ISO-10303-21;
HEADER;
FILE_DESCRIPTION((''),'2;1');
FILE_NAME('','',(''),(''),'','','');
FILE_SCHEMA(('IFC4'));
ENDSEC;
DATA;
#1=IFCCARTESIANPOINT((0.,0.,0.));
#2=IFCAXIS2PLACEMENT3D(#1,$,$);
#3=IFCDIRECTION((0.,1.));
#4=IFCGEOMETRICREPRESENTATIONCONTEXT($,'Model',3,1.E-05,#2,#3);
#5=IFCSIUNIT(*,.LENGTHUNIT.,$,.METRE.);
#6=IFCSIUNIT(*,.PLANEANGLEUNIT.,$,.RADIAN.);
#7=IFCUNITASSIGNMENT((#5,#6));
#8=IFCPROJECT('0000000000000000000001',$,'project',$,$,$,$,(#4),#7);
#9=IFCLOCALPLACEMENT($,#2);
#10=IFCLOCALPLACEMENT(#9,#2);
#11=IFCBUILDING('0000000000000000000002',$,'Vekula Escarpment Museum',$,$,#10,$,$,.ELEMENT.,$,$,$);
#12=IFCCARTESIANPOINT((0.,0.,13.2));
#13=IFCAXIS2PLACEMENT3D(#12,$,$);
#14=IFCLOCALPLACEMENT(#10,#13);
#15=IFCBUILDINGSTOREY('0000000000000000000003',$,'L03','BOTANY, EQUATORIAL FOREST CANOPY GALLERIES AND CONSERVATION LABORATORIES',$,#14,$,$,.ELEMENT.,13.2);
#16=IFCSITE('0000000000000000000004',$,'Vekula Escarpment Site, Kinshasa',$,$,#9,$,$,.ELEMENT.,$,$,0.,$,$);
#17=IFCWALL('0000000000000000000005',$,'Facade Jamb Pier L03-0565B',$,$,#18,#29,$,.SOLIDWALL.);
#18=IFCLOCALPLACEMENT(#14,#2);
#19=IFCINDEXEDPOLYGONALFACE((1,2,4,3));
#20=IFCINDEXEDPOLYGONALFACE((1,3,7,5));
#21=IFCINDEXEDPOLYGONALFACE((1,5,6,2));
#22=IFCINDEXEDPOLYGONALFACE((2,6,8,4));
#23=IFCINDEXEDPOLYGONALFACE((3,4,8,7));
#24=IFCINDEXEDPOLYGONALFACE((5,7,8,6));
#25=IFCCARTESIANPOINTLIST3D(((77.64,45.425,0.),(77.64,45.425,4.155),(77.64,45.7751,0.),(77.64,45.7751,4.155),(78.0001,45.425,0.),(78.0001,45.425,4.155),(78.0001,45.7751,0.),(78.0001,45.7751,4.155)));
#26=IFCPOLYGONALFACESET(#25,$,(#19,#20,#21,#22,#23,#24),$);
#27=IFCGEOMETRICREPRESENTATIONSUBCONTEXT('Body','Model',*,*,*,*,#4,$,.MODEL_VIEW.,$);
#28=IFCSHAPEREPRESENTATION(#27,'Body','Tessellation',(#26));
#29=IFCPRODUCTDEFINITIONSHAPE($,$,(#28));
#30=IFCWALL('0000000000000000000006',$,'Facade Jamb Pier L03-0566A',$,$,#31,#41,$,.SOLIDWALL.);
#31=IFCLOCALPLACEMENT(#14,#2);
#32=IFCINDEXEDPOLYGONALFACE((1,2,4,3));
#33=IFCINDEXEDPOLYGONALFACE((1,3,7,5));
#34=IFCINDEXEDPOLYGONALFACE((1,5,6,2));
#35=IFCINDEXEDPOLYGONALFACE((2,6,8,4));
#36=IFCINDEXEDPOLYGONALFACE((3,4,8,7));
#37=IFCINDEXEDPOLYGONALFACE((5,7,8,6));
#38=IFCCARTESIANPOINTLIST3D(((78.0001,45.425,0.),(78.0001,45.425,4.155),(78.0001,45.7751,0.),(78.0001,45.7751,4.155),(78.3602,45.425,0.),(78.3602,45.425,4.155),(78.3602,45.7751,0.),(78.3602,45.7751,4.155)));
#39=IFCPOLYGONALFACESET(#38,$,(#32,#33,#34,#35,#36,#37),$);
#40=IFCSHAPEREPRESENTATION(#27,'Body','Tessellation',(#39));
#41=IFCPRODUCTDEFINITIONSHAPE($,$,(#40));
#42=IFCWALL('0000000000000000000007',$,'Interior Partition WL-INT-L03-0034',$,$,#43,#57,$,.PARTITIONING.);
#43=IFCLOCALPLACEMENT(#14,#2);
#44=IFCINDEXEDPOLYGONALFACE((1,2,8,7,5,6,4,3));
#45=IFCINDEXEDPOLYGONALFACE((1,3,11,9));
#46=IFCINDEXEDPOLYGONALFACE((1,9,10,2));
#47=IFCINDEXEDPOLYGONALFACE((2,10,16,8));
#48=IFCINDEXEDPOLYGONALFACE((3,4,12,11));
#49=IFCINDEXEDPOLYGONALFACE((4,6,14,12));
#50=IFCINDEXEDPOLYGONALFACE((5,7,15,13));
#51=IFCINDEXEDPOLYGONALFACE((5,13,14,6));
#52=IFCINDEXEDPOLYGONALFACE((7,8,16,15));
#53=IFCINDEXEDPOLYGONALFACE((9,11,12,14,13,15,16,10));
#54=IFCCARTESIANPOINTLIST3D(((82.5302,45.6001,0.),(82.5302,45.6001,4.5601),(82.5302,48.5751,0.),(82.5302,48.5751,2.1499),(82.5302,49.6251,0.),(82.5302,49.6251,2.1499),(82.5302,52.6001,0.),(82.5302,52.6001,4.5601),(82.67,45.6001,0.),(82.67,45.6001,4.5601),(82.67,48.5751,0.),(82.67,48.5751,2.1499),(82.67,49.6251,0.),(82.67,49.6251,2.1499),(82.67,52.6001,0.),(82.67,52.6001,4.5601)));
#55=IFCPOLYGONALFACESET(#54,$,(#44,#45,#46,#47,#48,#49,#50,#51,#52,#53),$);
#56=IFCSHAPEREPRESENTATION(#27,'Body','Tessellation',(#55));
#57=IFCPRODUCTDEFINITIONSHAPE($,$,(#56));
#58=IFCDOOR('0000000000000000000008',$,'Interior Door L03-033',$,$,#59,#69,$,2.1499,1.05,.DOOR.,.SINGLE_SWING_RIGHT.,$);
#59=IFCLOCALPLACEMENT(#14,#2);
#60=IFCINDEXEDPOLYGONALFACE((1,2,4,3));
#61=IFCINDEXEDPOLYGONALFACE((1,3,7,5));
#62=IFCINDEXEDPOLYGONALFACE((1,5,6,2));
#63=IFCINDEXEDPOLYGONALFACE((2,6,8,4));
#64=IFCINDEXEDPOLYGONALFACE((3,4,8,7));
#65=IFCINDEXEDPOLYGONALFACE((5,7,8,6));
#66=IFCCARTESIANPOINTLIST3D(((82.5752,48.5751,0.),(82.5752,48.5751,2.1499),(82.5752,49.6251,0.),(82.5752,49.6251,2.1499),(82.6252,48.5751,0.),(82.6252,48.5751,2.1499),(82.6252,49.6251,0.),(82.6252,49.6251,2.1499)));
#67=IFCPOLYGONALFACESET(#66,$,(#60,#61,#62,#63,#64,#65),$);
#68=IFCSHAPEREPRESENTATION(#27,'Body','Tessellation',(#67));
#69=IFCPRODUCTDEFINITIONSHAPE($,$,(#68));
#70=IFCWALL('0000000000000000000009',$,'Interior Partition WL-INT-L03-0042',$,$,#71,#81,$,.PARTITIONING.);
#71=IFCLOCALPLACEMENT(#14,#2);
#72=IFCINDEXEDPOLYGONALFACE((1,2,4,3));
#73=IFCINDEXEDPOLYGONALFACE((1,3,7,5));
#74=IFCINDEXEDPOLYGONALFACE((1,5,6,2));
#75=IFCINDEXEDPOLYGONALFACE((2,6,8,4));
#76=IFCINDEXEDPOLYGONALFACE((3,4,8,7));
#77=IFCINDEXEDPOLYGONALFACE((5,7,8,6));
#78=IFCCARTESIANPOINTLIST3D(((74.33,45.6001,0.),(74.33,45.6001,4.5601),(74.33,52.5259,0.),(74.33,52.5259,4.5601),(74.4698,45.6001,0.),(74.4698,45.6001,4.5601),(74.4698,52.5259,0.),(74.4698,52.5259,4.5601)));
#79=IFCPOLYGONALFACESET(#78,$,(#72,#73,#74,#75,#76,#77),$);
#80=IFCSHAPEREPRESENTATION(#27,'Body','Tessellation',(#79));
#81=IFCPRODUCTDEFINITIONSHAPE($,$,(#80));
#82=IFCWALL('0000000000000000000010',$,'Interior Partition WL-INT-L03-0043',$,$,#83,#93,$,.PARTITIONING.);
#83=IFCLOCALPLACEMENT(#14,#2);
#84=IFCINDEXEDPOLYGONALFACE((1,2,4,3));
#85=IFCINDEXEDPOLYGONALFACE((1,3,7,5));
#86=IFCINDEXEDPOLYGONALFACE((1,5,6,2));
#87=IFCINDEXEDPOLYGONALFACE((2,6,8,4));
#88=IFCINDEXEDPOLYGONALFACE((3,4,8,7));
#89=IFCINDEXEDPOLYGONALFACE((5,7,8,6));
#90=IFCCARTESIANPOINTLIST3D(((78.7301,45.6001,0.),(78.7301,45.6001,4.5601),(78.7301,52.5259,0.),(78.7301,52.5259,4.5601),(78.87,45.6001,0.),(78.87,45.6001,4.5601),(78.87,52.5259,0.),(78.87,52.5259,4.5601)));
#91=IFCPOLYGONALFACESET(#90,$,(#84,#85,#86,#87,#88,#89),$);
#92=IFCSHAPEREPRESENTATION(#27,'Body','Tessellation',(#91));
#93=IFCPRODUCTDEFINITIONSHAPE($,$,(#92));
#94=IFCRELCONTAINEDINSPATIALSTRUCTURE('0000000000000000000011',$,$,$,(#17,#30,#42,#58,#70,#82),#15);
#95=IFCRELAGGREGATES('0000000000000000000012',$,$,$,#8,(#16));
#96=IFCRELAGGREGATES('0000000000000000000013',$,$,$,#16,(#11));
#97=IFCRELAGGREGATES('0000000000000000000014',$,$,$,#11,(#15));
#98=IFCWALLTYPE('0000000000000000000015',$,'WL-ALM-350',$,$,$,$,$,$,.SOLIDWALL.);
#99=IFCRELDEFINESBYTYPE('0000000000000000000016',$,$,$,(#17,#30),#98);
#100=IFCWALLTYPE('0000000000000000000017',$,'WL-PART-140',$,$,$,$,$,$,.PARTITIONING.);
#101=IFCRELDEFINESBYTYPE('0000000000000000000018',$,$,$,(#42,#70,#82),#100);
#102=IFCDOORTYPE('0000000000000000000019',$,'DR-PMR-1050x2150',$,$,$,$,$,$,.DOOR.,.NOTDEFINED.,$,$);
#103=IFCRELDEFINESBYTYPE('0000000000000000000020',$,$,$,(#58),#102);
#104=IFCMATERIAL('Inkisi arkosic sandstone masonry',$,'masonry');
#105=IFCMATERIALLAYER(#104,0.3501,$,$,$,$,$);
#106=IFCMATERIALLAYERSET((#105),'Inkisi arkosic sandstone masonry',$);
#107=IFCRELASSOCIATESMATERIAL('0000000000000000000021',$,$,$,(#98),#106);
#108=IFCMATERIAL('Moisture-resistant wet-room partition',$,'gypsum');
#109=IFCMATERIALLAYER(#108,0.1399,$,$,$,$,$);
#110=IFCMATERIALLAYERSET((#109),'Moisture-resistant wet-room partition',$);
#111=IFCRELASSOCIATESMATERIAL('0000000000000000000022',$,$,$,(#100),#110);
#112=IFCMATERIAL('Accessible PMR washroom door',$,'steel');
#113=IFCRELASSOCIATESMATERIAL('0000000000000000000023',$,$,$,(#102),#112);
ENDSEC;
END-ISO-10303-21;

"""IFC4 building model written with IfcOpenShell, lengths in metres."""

from ifc_helpers import new_model, si_unit, direction, frame, frame_2d, origin, place, context, subcontext, project, spatial, rectangle, extrude, material, layer, layer_set, type_object, element, fill, save


model = new_model("IFC4")

# Units and contexts
model_context = context("Model", 3, precision=1e-05, world=origin(), true_north=direction((0.0, 1.0)))
body_context = subcontext(model_context, "Body", "Model", "MODEL_VIEW")
ifc_project = project(units=[si_unit("LENGTHUNIT", "METRE"), si_unit("PLANEANGLEUNIT", "RADIAN")], contexts=[model_context])

# Site, building, storey
site_placement = place(None, origin())
site = spatial("IfcSite", under=ifc_project, at=site_placement, Name="Vekula Escarpment Site, Kinshasa", CompositionType="ELEMENT", RefElevation=0.0)
building_placement = place(site_placement, origin())
building = spatial("IfcBuilding", under=site, at=building_placement, Name="Vekula Escarpment Museum", CompositionType="ELEMENT")
storey_placement = place(building_placement, frame((0.0, 0.0, 13.2)))
storey = spatial("IfcBuildingStorey", under=building, at=storey_placement, Name="L03", Description="BOTANY, EQUATORIAL FOREST CANOPY GALLERIES AND CONSERVATION LABORATORIES", CompositionType="ELEMENT", Elevation=13.2)

# Walls
ifc_material_1 = material(Name="Inkisi arkosic sandstone masonry", Category="masonry")
ifc_layer_1 = layer(ifc_material_1, 0.3501)
ifc_layer_set_1 = layer_set([ifc_layer_1], Name="Inkisi arkosic sandstone masonry")
wall_type_1 = type_object("IfcWallType", Name="WL-ALM-350", PredefinedType="SOLIDWALL", material=ifc_layer_set_1)
for number, where, z_axis, x_axis, name in (
    (1, (77.6399, 45.6001, 0.0), (0.0, 0.0, 1.0), (1.0, 0.0, 0.0), "Facade Jamb Pier L03-0565B"),
    (2, (78.0, 45.6001, 0.0), (0.0, 0.0, 1.0), (1.0, 0.0, 0.0), "Facade Jamb Pier L03-0566A"),
):
    element("IfcWall", number, at=place(storey_placement, frame(where, z_axis=z_axis, x_axis=x_axis)), inside=storey, type_object=wall_type_1, Name=name, PredefinedType="SOLIDWALL", context=body_context, shape_type="SweptSolid", body=[
        extrude(rectangle(XDim=0.3601, YDim=0.3501, at=frame_2d((0.1802, 0.0))), origin(), (0.0, 0.0, 1.0), 4.155),
    ])

# Wall, opening, door
ifc_material_2 = material(Name="Moisture-resistant wet-room partition", Category="gypsum")
ifc_layer_2 = layer(ifc_material_2, 0.1399)
ifc_layer_set_2 = layer_set([ifc_layer_2], Name="Moisture-resistant wet-room partition")
wall_type_2 = type_object("IfcWallType", Name="WL-PART-140", PredefinedType="PARTITIONING", material=ifc_layer_set_2)
wall_placement = place(storey_placement, frame((82.6001, 45.6001, 0.0), z_axis=(0.0, 0.0, 1.0), x_axis=(0.0, 1.0, 0.0)))
wall = element("IfcWall", 3, at=wall_placement, inside=storey, type_object=wall_type_2, Name="Interior Partition WL-INT-L03-0034", PredefinedType="PARTITIONING", context=body_context, shape_type="SweptSolid", body=[
    extrude(rectangle(XDim=7.0, YDim=0.1399, at=frame_2d((3.5, 0.0))), origin(), (0.0, 0.0, 1.0), 4.5601),
])
opening_placement = place(wall_placement, frame((2.9751, 0.0, 0.0)))
opening = element("IfcOpeningElement", 4, at=opening_placement, cuts=wall, PredefinedType="OPENING", context=body_context, shape_type="SweptSolid", body=[
    extrude(rectangle(XDim=1.05, YDim=2.1499, at=frame_2d((0.5249, 1.075))), frame((0.0, 0.0798, 0.0), z_axis=(0.0, -1.0, 0.0), x_axis=(1.0, 0.0, 0.0)), (0.0, 0.0, 1.0), 0.1599),
])
ifc_material_3 = material(Name="Accessible PMR washroom door", Category="steel")
door_type = type_object("IfcDoorType", Name="DR-PMR-1050x2150", OperationType="NOTDEFINED", PredefinedType="DOOR", material=ifc_material_3)
door_placement = place(opening_placement, origin())
door = element("IfcDoor", 5, at=door_placement, inside=storey, type_object=door_type, Name="Interior Door L03-033", OperationType="SINGLE_SWING_RIGHT", OverallHeight=2.1499, OverallWidth=1.05, PredefinedType="DOOR", context=body_context, shape_type="SweptSolid", body=[
    extrude(rectangle(XDim=1.05, YDim=2.1499, at=frame_2d((0.5249, 1.075))), frame((0.0, 0.0249, 0.0), z_axis=(0.0, -1.0, 0.0), x_axis=(1.0, 0.0, 0.0)), (0.0, 0.0, 1.0), 0.05),
])
fill(opening, door)

# Walls
for number, where, z_axis, x_axis, name in (
    (6, (74.3999, 45.6001, 0.0), (0.0, 0.0, 1.0), (0.0, 1.0, 0.0), "Interior Partition WL-INT-L03-0042"),
    (7, (78.8, 45.6001, 0.0), (0.0, 0.0, 1.0), (0.0, 1.0, 0.0), "Interior Partition WL-INT-L03-0043"),
):
    element("IfcWall", number, at=place(storey_placement, frame(where, z_axis=z_axis, x_axis=x_axis)), inside=storey, type_object=wall_type_2, Name=name, PredefinedType="PARTITIONING", context=body_context, shape_type="SweptSolid", body=[
        extrude(rectangle(XDim=6.9258, YDim=0.1399, at=frame_2d((3.4629, 0.0))), origin(), (0.0, 0.0, 1.0), 4.5601),
    ])

save(model, "model.ifc")
